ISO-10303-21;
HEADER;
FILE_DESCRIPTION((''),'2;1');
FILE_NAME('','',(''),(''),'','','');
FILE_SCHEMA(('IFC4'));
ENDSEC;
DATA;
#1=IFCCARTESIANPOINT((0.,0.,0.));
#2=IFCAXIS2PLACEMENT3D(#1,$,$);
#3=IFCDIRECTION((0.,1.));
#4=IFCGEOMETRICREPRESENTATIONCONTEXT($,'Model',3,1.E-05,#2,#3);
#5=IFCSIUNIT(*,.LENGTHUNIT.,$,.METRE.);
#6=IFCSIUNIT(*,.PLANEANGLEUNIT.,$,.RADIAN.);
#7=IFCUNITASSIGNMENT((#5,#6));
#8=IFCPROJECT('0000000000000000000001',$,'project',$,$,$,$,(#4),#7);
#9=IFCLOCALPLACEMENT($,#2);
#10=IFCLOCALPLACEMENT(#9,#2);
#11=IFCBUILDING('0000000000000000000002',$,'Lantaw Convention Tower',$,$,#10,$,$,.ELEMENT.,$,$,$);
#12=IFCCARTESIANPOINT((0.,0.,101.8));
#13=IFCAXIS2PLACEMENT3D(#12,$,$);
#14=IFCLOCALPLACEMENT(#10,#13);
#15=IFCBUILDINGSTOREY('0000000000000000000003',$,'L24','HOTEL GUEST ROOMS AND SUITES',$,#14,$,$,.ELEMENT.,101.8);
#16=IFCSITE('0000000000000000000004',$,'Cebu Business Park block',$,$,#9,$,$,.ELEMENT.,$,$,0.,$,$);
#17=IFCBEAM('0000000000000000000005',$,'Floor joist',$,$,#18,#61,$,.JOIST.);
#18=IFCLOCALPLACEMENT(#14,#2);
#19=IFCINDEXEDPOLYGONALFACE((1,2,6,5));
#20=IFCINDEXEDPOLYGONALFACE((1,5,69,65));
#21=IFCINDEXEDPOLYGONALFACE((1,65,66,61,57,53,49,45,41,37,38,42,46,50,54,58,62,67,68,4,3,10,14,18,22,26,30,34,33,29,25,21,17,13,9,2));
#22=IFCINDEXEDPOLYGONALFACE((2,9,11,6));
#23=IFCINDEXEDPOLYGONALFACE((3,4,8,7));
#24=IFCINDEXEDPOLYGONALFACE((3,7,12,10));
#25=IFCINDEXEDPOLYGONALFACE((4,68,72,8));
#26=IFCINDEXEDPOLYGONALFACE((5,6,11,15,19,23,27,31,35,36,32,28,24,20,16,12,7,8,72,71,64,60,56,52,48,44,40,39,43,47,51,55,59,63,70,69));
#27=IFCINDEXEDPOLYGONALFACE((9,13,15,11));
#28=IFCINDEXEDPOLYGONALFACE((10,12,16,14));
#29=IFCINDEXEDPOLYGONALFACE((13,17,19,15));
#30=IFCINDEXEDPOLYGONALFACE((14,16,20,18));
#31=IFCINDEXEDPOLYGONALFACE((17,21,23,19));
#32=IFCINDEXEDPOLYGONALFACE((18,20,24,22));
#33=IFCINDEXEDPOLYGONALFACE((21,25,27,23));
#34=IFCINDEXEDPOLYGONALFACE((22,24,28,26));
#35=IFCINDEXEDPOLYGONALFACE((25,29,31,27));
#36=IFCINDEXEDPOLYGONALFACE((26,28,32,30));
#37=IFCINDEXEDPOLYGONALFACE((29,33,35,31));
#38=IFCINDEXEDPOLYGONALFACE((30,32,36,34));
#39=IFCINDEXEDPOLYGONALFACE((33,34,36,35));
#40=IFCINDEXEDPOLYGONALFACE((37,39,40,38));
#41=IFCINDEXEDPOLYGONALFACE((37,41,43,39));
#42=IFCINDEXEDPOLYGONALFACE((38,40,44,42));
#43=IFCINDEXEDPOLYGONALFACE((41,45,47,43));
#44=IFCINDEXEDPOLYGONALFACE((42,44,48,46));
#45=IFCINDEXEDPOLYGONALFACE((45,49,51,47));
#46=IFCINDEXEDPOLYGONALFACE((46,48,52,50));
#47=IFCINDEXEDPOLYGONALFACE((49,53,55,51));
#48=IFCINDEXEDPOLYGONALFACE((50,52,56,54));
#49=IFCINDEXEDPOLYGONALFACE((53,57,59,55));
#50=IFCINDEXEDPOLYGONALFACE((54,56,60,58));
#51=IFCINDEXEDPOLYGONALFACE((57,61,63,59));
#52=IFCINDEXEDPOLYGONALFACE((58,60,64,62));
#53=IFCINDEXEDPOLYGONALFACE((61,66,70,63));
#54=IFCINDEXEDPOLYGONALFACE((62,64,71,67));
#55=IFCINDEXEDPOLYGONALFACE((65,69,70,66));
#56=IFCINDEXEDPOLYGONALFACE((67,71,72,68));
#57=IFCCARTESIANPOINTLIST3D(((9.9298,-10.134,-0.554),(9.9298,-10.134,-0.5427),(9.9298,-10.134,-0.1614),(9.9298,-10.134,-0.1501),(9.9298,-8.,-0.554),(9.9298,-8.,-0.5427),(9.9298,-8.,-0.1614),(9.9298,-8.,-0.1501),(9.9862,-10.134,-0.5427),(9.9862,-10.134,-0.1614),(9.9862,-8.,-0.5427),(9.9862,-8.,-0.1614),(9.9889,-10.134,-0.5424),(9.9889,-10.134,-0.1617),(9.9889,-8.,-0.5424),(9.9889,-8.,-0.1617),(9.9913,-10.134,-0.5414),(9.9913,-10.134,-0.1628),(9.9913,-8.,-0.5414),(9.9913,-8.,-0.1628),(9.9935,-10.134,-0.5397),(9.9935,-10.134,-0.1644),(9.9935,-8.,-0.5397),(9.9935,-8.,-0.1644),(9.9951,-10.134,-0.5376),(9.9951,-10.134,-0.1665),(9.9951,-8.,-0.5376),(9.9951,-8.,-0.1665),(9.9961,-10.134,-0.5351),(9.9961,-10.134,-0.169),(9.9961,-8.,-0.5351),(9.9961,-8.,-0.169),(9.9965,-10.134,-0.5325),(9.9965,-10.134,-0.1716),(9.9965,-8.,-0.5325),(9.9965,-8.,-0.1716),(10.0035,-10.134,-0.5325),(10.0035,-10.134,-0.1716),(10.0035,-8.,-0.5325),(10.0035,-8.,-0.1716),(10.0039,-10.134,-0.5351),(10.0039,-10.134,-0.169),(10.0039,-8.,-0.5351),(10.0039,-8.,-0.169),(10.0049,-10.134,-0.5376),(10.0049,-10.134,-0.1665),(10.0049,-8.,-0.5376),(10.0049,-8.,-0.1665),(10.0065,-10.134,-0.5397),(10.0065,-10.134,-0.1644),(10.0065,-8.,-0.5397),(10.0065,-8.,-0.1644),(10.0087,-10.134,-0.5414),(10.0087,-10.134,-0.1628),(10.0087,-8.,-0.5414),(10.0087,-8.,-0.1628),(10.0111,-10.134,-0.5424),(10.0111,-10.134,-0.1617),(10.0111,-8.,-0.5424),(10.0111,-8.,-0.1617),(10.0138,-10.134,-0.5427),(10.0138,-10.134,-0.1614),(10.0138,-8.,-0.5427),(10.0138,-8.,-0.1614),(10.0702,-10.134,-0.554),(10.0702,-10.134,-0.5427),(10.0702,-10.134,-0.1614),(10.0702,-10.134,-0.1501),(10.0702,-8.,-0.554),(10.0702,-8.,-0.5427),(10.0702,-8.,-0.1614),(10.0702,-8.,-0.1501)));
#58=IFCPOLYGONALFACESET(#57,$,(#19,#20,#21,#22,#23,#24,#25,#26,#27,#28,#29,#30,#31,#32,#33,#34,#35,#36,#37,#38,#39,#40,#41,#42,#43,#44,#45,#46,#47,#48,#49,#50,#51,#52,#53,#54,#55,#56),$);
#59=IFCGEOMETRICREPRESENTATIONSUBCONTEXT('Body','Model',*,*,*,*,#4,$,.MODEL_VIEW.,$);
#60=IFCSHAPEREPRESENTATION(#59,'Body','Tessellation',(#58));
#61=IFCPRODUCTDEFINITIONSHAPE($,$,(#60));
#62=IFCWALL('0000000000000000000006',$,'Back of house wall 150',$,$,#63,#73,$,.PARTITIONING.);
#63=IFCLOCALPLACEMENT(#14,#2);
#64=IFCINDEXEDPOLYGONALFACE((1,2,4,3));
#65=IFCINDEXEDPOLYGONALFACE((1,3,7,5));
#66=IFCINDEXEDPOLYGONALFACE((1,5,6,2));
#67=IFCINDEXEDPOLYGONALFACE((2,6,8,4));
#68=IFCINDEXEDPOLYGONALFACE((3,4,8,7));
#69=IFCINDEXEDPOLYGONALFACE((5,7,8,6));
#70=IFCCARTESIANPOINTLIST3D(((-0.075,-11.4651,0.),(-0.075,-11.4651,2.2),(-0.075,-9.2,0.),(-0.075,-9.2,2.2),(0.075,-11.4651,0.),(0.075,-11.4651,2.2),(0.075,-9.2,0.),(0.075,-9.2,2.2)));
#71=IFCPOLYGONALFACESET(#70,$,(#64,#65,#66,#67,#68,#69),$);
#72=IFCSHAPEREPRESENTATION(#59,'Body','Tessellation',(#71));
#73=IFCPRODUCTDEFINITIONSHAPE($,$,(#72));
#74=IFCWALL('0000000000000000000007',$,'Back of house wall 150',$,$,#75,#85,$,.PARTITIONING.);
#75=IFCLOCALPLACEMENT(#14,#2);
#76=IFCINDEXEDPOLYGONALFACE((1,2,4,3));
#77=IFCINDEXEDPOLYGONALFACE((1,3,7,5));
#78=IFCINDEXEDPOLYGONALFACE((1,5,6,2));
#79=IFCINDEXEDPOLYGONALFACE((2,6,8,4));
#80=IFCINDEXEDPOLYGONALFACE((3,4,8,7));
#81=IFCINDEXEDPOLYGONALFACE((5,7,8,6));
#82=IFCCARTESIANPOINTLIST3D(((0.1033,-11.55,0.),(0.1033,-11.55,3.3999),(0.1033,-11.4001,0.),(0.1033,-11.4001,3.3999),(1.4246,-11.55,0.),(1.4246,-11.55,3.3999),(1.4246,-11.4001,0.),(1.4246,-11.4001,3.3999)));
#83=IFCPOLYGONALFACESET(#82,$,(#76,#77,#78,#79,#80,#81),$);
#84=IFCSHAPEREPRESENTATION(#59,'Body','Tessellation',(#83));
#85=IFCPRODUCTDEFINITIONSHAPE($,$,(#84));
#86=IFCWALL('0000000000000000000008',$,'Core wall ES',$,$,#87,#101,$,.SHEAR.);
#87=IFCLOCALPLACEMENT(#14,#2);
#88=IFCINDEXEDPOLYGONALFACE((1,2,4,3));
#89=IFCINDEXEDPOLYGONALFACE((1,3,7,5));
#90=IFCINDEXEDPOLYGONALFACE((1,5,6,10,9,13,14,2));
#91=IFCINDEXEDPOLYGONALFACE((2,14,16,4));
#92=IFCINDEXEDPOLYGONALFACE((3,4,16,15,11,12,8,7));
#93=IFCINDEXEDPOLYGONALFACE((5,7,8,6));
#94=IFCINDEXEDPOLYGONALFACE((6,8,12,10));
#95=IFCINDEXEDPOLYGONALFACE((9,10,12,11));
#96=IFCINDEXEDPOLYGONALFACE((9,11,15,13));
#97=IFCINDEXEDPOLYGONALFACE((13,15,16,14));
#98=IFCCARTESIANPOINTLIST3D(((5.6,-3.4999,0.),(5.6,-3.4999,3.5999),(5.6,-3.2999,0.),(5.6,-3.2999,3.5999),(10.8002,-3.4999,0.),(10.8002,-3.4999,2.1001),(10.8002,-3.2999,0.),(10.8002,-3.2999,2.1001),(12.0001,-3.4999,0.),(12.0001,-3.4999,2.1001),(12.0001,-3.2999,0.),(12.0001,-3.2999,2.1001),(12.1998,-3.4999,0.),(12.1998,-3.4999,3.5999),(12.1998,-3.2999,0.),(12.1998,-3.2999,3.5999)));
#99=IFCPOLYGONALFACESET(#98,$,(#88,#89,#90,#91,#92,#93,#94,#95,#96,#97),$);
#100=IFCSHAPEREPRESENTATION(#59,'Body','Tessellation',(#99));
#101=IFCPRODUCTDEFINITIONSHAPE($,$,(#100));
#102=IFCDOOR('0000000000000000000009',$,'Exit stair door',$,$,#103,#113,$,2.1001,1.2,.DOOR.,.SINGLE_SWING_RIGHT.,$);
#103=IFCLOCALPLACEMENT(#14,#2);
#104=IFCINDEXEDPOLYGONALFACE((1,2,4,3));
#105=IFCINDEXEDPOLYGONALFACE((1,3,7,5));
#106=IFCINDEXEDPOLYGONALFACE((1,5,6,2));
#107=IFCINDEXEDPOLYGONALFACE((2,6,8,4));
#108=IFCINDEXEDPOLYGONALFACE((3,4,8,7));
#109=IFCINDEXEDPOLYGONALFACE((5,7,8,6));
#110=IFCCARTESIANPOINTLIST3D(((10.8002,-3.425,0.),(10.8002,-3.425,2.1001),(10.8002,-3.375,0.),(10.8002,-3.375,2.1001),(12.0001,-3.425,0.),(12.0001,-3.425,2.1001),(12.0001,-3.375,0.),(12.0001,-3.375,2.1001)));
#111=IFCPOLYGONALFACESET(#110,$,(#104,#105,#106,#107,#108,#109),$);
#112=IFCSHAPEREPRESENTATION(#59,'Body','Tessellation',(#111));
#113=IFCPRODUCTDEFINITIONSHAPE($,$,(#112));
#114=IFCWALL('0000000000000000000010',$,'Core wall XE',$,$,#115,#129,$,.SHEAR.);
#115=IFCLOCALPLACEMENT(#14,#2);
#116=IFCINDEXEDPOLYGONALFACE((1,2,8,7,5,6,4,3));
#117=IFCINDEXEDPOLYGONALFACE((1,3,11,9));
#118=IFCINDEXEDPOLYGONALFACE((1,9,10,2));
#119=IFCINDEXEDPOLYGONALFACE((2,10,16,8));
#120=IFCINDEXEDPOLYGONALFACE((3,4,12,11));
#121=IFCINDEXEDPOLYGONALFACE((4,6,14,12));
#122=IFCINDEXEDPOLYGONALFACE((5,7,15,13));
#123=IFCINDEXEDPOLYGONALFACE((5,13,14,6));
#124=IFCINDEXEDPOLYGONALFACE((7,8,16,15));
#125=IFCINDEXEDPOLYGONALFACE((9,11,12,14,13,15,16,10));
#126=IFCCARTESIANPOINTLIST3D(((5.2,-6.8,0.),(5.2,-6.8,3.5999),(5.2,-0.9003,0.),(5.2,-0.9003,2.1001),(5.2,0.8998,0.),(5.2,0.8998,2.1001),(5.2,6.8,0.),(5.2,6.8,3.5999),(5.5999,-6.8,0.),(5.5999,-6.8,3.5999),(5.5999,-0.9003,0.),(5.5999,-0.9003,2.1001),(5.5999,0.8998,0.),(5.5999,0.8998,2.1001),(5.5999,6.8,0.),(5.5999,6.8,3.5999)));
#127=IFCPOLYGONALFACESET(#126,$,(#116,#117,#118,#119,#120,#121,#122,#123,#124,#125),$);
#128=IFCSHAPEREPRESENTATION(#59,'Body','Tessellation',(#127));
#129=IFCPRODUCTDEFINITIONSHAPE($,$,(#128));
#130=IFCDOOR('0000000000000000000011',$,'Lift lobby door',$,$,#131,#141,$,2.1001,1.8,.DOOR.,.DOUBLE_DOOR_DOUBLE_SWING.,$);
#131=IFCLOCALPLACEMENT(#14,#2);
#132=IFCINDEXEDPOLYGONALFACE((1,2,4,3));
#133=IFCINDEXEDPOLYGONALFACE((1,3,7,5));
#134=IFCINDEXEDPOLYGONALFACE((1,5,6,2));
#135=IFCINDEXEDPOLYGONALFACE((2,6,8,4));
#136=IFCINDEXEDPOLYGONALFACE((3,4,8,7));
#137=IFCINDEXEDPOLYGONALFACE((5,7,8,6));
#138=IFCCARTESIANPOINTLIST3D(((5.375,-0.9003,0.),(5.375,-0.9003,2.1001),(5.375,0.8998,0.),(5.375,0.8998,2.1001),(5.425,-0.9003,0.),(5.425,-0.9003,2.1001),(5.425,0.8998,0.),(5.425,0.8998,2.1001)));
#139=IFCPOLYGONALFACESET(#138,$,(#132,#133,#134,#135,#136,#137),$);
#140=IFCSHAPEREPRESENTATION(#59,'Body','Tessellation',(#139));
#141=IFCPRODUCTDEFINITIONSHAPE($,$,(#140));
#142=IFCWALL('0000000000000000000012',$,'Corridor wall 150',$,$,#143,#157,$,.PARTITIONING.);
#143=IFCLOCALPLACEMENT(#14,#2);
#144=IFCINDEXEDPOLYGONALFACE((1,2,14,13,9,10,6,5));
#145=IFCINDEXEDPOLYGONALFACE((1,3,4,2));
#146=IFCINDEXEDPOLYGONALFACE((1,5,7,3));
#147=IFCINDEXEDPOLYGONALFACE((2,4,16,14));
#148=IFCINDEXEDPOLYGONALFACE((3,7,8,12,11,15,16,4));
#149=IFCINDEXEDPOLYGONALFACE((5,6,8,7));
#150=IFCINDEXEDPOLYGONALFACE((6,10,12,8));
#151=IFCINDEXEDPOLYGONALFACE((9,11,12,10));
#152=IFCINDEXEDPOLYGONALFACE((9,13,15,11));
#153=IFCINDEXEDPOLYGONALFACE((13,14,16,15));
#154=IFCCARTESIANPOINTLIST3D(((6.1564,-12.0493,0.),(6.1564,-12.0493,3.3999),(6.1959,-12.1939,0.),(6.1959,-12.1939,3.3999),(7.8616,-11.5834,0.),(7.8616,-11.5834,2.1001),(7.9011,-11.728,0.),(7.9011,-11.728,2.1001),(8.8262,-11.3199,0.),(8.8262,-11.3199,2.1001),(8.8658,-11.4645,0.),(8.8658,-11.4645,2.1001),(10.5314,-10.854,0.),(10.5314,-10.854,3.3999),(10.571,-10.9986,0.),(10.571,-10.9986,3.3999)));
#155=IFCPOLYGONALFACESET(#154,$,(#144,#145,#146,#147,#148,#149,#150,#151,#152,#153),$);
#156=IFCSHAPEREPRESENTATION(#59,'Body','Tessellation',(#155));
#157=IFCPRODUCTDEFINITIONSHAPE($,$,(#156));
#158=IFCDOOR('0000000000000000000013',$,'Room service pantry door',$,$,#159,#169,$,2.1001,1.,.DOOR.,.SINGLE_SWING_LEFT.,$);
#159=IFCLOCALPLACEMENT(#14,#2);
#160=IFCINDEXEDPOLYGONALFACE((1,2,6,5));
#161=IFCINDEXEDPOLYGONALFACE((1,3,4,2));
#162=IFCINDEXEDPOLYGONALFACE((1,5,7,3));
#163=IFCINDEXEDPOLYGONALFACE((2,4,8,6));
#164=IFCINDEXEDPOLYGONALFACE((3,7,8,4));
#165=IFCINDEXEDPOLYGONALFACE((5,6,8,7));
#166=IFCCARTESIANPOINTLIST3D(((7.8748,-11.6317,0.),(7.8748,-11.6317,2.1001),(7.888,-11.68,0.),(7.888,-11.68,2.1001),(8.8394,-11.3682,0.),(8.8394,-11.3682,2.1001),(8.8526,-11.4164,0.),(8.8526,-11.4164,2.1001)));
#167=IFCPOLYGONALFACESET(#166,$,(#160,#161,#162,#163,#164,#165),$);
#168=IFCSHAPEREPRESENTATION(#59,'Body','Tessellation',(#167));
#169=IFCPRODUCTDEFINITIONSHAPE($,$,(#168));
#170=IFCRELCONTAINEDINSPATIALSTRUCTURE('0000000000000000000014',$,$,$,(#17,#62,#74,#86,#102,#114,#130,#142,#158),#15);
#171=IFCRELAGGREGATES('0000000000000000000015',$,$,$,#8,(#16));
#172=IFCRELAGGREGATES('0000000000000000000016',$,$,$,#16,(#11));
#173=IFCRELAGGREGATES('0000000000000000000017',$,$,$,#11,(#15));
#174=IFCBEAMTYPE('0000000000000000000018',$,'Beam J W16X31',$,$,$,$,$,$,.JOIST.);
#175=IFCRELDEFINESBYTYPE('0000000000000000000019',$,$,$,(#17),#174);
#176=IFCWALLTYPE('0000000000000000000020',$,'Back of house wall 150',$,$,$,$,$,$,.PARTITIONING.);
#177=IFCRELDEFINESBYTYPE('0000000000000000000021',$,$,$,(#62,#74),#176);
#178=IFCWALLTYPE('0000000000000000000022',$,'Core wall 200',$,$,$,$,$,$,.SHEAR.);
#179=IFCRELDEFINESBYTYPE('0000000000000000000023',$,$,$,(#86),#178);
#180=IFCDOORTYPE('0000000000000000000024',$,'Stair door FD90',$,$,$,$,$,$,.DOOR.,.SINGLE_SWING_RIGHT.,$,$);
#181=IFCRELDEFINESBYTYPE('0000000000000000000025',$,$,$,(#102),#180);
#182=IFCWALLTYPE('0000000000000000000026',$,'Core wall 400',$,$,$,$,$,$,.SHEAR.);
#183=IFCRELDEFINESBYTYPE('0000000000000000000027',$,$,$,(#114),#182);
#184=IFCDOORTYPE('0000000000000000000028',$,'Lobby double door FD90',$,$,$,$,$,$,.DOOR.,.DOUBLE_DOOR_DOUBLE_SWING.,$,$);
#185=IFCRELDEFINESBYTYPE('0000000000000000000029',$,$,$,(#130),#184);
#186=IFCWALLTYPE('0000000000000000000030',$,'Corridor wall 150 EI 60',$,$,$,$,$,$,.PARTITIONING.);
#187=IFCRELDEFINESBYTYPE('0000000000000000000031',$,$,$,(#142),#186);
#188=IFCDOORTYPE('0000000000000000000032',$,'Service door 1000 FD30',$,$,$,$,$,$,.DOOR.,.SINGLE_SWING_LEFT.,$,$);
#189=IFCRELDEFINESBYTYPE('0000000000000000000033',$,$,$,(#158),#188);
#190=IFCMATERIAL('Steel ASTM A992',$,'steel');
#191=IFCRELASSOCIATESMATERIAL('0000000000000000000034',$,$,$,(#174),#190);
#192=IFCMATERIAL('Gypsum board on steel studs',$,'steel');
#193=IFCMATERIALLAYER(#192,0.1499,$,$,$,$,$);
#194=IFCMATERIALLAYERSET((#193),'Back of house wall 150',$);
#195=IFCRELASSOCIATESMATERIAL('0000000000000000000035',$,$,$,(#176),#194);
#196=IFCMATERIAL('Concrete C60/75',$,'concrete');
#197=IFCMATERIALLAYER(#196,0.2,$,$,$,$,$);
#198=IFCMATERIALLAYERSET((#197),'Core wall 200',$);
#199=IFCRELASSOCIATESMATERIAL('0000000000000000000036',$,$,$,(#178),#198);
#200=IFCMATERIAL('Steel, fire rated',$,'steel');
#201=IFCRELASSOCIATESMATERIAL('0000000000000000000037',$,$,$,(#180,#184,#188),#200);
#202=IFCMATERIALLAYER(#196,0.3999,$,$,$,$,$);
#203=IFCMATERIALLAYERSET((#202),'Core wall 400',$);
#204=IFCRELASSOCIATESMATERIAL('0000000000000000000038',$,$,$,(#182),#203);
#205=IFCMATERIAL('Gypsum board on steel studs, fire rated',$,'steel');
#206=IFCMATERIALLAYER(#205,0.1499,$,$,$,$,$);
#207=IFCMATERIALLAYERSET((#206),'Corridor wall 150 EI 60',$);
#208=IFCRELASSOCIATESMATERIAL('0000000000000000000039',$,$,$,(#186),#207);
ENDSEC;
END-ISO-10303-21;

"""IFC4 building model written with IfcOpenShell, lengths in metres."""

from ifc_helpers import new_model, si_unit, direction, frame, frame_2d, origin, origin_2d, place, context, subcontext, project, spatial, rectangle, i_section, extrude, material, layer, layer_set, material_profile, profile_set, type_object, element, fill, save


model = new_model("IFC4")

# Units and contexts
model_context = context("Model", 3, precision=1e-05, world=origin(), true_north=direction((0.0, 1.0)))
body_context = subcontext(model_context, "Body", "Model", "MODEL_VIEW")
ifc_project = project(units=[si_unit("LENGTHUNIT", "METRE"), si_unit("PLANEANGLEUNIT", "RADIAN")], contexts=[model_context])

# Site, building, storey
site_placement = place(None, origin())
site = spatial("IfcSite", under=ifc_project, at=site_placement, Name="Cebu Business Park block", CompositionType="ELEMENT", RefElevation=0.0)
building_placement = place(site_placement, origin())
building = spatial("IfcBuilding", under=site, at=building_placement, Name="Lantaw Convention Tower", CompositionType="ELEMENT")
storey_placement = place(building_placement, frame((0.0, 0.0, 101.8)))
storey = spatial("IfcBuildingStorey", under=building, at=storey_placement, Name="L24", Description="HOTEL GUEST ROOMS AND SUITES", CompositionType="ELEMENT", Elevation=101.8)

# Beam
ifc_material_1 = material(Name="Steel ASTM A992", Category="steel")
ifc_material_profile_1 = material_profile(ifc_material_1, i_section(OverallWidth=0.1404, OverallDepth=0.4038, WebThickness=0.0071, FlangeThickness=0.0112, FilletRadius=0.0103, at=origin_2d()), Name="W16X31")
ifc_profile_set_1 = profile_set([ifc_material_profile_1], Name="Steel ASTM A992")
beam_type_1 = type_object("IfcBeamType", Name="Beam J W16X31", PredefinedType="JOIST", material=ifc_profile_set_1)
beam_1_placement = place(storey_placement, frame((10.0, -10.134, -0.3521), z_axis=(0.0, 1.0, 0.0), x_axis=(-1.0, 0.0, 0.0)))
element("IfcBeam", 1, at=beam_1_placement, inside=storey, type_object=beam_type_1, Name="Floor joist", PredefinedType="JOIST", context=body_context, shape_type="SweptSolid", body=[
    extrude(i_section(OverallWidth=0.1404, OverallDepth=0.4038, WebThickness=0.0071, FlangeThickness=0.0112, FilletRadius=0.0103, at=origin_2d()), origin(), (0.0, 0.0, 1.0), 2.134),
])

# Walls
ifc_material_2 = material(Name="Gypsum board on steel studs", Category="steel")
ifc_layer_1 = layer(ifc_material_2, 0.1499)
ifc_layer_set_1 = layer_set([ifc_layer_1], Name="Back of house wall 150")
wall_type_1 = type_object("IfcWallType", Name="Back of house wall 150", PredefinedType="PARTITIONING", material=ifc_layer_set_1)
wall_1_placement = place(storey_placement, frame((0.0, -9.2, 0.0), z_axis=(0.0, 0.0, 1.0), x_axis=(0.0, -1.0, 0.0)))
element("IfcWall", 2, at=wall_1_placement, inside=storey, type_object=wall_type_1, Name="Back of house wall 150", PredefinedType="PARTITIONING", context=body_context, shape_type="SweptSolid", body=[
    extrude(rectangle(XDim=2.2651, YDim=0.1499, at=frame_2d((1.1326, 0.0))), origin(), (0.0, 0.0, 1.0), 2.2),
])
wall_2_placement = place(storey_placement, frame((0.1033, -11.4751, 0.0), z_axis=(0.0, 0.0, 1.0), x_axis=(1.0, 0.0, 0.0)))
element("IfcWall", 3, at=wall_2_placement, inside=storey, type_object=wall_type_1, Name="Back of house wall 150", PredefinedType="PARTITIONING", context=body_context, shape_type="SweptSolid", body=[
    extrude(rectangle(XDim=1.3213, YDim=0.1499, at=frame_2d((0.6606, 0.0))), origin(), (0.0, 0.0, 1.0), 3.3999),
])

# Walls, openings, doors
ifc_material_3 = material(Name="Concrete C60/75", Category="concrete")
ifc_layer_2 = layer(ifc_material_3, 0.2)
ifc_layer_set_2 = layer_set([ifc_layer_2], Name="Core wall 200")
wall_type_2 = type_object("IfcWallType", Name="Core wall 200", PredefinedType="SHEAR", material=ifc_layer_set_2)
wall_3_placement = place(storey_placement, frame((5.6001, -3.3999, 0.0), z_axis=(0.0, 0.0, 1.0), x_axis=(1.0, 0.0, 0.0)))
wall_3 = element("IfcWall", 4, at=wall_3_placement, inside=storey, type_object=wall_type_2, Name="Core wall ES", PredefinedType="SHEAR", context=body_context, shape_type="SweptSolid", body=[
    extrude(rectangle(XDim=6.5999, YDim=0.2, at=frame_2d((3.2998, 0.0))), origin(), (0.0, 0.0, 1.0), 3.5999),
])
opening_1_placement = place(wall_3_placement, frame((5.2, 0.0, 0.0)))
opening_1 = element("IfcOpeningElement", 5, at=opening_1_placement, cuts=wall_3, PredefinedType="OPENING", context=body_context, shape_type="SweptSolid", body=[
    extrude(rectangle(XDim=1.2, YDim=2.1001, at=frame_2d((0.6001, 1.05))), frame((0.0, 0.1099, 0.0), z_axis=(0.0, -1.0, 0.0), x_axis=(1.0, 0.0, 0.0)), (0.0, 0.0, 1.0), 0.22),
])
ifc_material_4 = material(Name="Steel, fire rated", Category="steel")
door_type_1 = type_object("IfcDoorType", Name="Stair door FD90", OperationType="SINGLE_SWING_RIGHT", PredefinedType="DOOR", material=ifc_material_4)
door_1_placement = place(opening_1_placement, origin())
door_1 = element("IfcDoor", 6, at=door_1_placement, inside=storey, type_object=door_type_1, Name="Exit stair door", OperationType="SINGLE_SWING_RIGHT", OverallHeight=2.1001, OverallWidth=1.2, PredefinedType="DOOR", context=body_context, shape_type="SweptSolid", body=[
    extrude(rectangle(XDim=1.2, YDim=2.1001, at=frame_2d((0.6001, 1.05))), frame((0.0, 0.0249, 0.0), z_axis=(0.0, -1.0, 0.0), x_axis=(1.0, 0.0, 0.0)), (0.0, 0.0, 1.0), 0.05),
])
fill(opening_1, door_1)
ifc_layer_3 = layer(ifc_material_3, 0.3999)
ifc_layer_set_3 = layer_set([ifc_layer_3], Name="Core wall 400")
wall_type_3 = type_object("IfcWallType", Name="Core wall 400", PredefinedType="SHEAR", material=ifc_layer_set_3)
wall_4_placement = place(storey_placement, frame((5.3999, -6.8, 0.0), z_axis=(0.0, 0.0, 1.0), x_axis=(0.0, 1.0, 0.0)))
wall_4 = element("IfcWall", 7, at=wall_4_placement, inside=storey, type_object=wall_type_3, Name="Core wall XE", PredefinedType="SHEAR", context=body_context, shape_type="SweptSolid", body=[
    extrude(rectangle(XDim=13.6001, YDim=0.3999, at=frame_2d((6.8, 0.0))), origin(), (0.0, 0.0, 1.0), 3.5999),
])
opening_2_placement = place(wall_4_placement, frame((5.8999, 0.0, 0.0)))
opening_2 = element("IfcOpeningElement", 8, at=opening_2_placement, cuts=wall_4, PredefinedType="OPENING", context=body_context, shape_type="SweptSolid", body=[
    extrude(rectangle(XDim=1.8, YDim=2.1001, at=frame_2d((0.8999, 1.05))), frame((0.0, 0.21, 0.0), z_axis=(0.0, -1.0, 0.0), x_axis=(1.0, 0.0, 0.0)), (0.0, 0.0, 1.0), 0.4199),
])
door_type_2 = type_object("IfcDoorType", Name="Lobby double door FD90", OperationType="DOUBLE_DOOR_DOUBLE_SWING", PredefinedType="DOOR", material=ifc_material_4)
door_2_placement = place(opening_2_placement, origin())
door_2 = element("IfcDoor", 9, at=door_2_placement, inside=storey, type_object=door_type_2, Name="Lift lobby door", OperationType="DOUBLE_DOOR_DOUBLE_SWING", OverallHeight=2.1001, OverallWidth=1.8, PredefinedType="DOOR", context=body_context, shape_type="SweptSolid", body=[
    extrude(rectangle(XDim=1.8, YDim=2.1001, at=frame_2d((0.8999, 1.05))), frame((0.0, 0.0249, 0.0), z_axis=(0.0, -1.0, 0.0), x_axis=(1.0, 0.0, 0.0)), (0.0, 0.0, 1.0), 0.05),
])
fill(opening_2, door_2)
ifc_material_5 = material(Name="Gypsum board on steel studs, fire rated", Category="steel")
ifc_layer_4 = layer(ifc_material_5, 0.1499)
ifc_layer_set_4 = layer_set([ifc_layer_4], Name="Corridor wall 150 EI 60")
wall_type_4 = type_object("IfcWallType", Name="Corridor wall 150 EI 60", PredefinedType="PARTITIONING", material=ifc_layer_set_4)
wall_5_placement = place(storey_placement, frame((6.1763, -12.1216, 0.0), z_axis=(0.0, 0.0, 1.0), x_axis=(0.964644, 0.263555, 0.0)))
wall_5 = element("IfcWall", 10, at=wall_5_placement, inside=storey, type_object=wall_type_4, Name="Corridor wall 150", PredefinedType="PARTITIONING", context=body_context, shape_type="SweptSolid", body=[
    extrude(rectangle(XDim=4.5354, YDim=0.1499, at=frame_2d((2.2676, 0.0))), origin(), (0.0, 0.0, 1.0), 3.3999),
])
opening_3_placement = place(wall_5_placement, frame((1.7676, 0.0, 0.0)))
opening_3 = element("IfcOpeningElement", 11, at=opening_3_placement, cuts=wall_5, PredefinedType="OPENING", context=body_context, shape_type="SweptSolid", body=[
    extrude(rectangle(XDim=1.0, YDim=2.1001, at=frame_2d((0.5, 1.05))), frame((0.0, 0.085, 0.0), z_axis=(0.0, -1.0, 0.0), x_axis=(1.0, 0.0, 0.0)), (0.0, 0.0, 1.0), 0.1699),
])
door_type_3 = type_object("IfcDoorType", Name="Service door 1000 FD30", OperationType="SINGLE_SWING_LEFT", PredefinedType="DOOR", material=ifc_material_4)
door_3_placement = place(opening_3_placement, origin())
door_3 = element("IfcDoor", 12, at=door_3_placement, inside=storey, type_object=door_type_3, Name="Room service pantry door", OperationType="SINGLE_SWING_LEFT", OverallHeight=2.1001, OverallWidth=1.0, PredefinedType="DOOR", context=body_context, shape_type="SweptSolid", body=[
    extrude(rectangle(XDim=1.0, YDim=2.1001, at=frame_2d((0.5, 1.05))), frame((0.0, 0.0249, 0.0), z_axis=(0.0, -1.0, 0.0), x_axis=(1.0, 0.0, 0.0)), (0.0, 0.0, 1.0), 0.05),
])
fill(opening_3, door_3)

save(model, "model.ifc")
